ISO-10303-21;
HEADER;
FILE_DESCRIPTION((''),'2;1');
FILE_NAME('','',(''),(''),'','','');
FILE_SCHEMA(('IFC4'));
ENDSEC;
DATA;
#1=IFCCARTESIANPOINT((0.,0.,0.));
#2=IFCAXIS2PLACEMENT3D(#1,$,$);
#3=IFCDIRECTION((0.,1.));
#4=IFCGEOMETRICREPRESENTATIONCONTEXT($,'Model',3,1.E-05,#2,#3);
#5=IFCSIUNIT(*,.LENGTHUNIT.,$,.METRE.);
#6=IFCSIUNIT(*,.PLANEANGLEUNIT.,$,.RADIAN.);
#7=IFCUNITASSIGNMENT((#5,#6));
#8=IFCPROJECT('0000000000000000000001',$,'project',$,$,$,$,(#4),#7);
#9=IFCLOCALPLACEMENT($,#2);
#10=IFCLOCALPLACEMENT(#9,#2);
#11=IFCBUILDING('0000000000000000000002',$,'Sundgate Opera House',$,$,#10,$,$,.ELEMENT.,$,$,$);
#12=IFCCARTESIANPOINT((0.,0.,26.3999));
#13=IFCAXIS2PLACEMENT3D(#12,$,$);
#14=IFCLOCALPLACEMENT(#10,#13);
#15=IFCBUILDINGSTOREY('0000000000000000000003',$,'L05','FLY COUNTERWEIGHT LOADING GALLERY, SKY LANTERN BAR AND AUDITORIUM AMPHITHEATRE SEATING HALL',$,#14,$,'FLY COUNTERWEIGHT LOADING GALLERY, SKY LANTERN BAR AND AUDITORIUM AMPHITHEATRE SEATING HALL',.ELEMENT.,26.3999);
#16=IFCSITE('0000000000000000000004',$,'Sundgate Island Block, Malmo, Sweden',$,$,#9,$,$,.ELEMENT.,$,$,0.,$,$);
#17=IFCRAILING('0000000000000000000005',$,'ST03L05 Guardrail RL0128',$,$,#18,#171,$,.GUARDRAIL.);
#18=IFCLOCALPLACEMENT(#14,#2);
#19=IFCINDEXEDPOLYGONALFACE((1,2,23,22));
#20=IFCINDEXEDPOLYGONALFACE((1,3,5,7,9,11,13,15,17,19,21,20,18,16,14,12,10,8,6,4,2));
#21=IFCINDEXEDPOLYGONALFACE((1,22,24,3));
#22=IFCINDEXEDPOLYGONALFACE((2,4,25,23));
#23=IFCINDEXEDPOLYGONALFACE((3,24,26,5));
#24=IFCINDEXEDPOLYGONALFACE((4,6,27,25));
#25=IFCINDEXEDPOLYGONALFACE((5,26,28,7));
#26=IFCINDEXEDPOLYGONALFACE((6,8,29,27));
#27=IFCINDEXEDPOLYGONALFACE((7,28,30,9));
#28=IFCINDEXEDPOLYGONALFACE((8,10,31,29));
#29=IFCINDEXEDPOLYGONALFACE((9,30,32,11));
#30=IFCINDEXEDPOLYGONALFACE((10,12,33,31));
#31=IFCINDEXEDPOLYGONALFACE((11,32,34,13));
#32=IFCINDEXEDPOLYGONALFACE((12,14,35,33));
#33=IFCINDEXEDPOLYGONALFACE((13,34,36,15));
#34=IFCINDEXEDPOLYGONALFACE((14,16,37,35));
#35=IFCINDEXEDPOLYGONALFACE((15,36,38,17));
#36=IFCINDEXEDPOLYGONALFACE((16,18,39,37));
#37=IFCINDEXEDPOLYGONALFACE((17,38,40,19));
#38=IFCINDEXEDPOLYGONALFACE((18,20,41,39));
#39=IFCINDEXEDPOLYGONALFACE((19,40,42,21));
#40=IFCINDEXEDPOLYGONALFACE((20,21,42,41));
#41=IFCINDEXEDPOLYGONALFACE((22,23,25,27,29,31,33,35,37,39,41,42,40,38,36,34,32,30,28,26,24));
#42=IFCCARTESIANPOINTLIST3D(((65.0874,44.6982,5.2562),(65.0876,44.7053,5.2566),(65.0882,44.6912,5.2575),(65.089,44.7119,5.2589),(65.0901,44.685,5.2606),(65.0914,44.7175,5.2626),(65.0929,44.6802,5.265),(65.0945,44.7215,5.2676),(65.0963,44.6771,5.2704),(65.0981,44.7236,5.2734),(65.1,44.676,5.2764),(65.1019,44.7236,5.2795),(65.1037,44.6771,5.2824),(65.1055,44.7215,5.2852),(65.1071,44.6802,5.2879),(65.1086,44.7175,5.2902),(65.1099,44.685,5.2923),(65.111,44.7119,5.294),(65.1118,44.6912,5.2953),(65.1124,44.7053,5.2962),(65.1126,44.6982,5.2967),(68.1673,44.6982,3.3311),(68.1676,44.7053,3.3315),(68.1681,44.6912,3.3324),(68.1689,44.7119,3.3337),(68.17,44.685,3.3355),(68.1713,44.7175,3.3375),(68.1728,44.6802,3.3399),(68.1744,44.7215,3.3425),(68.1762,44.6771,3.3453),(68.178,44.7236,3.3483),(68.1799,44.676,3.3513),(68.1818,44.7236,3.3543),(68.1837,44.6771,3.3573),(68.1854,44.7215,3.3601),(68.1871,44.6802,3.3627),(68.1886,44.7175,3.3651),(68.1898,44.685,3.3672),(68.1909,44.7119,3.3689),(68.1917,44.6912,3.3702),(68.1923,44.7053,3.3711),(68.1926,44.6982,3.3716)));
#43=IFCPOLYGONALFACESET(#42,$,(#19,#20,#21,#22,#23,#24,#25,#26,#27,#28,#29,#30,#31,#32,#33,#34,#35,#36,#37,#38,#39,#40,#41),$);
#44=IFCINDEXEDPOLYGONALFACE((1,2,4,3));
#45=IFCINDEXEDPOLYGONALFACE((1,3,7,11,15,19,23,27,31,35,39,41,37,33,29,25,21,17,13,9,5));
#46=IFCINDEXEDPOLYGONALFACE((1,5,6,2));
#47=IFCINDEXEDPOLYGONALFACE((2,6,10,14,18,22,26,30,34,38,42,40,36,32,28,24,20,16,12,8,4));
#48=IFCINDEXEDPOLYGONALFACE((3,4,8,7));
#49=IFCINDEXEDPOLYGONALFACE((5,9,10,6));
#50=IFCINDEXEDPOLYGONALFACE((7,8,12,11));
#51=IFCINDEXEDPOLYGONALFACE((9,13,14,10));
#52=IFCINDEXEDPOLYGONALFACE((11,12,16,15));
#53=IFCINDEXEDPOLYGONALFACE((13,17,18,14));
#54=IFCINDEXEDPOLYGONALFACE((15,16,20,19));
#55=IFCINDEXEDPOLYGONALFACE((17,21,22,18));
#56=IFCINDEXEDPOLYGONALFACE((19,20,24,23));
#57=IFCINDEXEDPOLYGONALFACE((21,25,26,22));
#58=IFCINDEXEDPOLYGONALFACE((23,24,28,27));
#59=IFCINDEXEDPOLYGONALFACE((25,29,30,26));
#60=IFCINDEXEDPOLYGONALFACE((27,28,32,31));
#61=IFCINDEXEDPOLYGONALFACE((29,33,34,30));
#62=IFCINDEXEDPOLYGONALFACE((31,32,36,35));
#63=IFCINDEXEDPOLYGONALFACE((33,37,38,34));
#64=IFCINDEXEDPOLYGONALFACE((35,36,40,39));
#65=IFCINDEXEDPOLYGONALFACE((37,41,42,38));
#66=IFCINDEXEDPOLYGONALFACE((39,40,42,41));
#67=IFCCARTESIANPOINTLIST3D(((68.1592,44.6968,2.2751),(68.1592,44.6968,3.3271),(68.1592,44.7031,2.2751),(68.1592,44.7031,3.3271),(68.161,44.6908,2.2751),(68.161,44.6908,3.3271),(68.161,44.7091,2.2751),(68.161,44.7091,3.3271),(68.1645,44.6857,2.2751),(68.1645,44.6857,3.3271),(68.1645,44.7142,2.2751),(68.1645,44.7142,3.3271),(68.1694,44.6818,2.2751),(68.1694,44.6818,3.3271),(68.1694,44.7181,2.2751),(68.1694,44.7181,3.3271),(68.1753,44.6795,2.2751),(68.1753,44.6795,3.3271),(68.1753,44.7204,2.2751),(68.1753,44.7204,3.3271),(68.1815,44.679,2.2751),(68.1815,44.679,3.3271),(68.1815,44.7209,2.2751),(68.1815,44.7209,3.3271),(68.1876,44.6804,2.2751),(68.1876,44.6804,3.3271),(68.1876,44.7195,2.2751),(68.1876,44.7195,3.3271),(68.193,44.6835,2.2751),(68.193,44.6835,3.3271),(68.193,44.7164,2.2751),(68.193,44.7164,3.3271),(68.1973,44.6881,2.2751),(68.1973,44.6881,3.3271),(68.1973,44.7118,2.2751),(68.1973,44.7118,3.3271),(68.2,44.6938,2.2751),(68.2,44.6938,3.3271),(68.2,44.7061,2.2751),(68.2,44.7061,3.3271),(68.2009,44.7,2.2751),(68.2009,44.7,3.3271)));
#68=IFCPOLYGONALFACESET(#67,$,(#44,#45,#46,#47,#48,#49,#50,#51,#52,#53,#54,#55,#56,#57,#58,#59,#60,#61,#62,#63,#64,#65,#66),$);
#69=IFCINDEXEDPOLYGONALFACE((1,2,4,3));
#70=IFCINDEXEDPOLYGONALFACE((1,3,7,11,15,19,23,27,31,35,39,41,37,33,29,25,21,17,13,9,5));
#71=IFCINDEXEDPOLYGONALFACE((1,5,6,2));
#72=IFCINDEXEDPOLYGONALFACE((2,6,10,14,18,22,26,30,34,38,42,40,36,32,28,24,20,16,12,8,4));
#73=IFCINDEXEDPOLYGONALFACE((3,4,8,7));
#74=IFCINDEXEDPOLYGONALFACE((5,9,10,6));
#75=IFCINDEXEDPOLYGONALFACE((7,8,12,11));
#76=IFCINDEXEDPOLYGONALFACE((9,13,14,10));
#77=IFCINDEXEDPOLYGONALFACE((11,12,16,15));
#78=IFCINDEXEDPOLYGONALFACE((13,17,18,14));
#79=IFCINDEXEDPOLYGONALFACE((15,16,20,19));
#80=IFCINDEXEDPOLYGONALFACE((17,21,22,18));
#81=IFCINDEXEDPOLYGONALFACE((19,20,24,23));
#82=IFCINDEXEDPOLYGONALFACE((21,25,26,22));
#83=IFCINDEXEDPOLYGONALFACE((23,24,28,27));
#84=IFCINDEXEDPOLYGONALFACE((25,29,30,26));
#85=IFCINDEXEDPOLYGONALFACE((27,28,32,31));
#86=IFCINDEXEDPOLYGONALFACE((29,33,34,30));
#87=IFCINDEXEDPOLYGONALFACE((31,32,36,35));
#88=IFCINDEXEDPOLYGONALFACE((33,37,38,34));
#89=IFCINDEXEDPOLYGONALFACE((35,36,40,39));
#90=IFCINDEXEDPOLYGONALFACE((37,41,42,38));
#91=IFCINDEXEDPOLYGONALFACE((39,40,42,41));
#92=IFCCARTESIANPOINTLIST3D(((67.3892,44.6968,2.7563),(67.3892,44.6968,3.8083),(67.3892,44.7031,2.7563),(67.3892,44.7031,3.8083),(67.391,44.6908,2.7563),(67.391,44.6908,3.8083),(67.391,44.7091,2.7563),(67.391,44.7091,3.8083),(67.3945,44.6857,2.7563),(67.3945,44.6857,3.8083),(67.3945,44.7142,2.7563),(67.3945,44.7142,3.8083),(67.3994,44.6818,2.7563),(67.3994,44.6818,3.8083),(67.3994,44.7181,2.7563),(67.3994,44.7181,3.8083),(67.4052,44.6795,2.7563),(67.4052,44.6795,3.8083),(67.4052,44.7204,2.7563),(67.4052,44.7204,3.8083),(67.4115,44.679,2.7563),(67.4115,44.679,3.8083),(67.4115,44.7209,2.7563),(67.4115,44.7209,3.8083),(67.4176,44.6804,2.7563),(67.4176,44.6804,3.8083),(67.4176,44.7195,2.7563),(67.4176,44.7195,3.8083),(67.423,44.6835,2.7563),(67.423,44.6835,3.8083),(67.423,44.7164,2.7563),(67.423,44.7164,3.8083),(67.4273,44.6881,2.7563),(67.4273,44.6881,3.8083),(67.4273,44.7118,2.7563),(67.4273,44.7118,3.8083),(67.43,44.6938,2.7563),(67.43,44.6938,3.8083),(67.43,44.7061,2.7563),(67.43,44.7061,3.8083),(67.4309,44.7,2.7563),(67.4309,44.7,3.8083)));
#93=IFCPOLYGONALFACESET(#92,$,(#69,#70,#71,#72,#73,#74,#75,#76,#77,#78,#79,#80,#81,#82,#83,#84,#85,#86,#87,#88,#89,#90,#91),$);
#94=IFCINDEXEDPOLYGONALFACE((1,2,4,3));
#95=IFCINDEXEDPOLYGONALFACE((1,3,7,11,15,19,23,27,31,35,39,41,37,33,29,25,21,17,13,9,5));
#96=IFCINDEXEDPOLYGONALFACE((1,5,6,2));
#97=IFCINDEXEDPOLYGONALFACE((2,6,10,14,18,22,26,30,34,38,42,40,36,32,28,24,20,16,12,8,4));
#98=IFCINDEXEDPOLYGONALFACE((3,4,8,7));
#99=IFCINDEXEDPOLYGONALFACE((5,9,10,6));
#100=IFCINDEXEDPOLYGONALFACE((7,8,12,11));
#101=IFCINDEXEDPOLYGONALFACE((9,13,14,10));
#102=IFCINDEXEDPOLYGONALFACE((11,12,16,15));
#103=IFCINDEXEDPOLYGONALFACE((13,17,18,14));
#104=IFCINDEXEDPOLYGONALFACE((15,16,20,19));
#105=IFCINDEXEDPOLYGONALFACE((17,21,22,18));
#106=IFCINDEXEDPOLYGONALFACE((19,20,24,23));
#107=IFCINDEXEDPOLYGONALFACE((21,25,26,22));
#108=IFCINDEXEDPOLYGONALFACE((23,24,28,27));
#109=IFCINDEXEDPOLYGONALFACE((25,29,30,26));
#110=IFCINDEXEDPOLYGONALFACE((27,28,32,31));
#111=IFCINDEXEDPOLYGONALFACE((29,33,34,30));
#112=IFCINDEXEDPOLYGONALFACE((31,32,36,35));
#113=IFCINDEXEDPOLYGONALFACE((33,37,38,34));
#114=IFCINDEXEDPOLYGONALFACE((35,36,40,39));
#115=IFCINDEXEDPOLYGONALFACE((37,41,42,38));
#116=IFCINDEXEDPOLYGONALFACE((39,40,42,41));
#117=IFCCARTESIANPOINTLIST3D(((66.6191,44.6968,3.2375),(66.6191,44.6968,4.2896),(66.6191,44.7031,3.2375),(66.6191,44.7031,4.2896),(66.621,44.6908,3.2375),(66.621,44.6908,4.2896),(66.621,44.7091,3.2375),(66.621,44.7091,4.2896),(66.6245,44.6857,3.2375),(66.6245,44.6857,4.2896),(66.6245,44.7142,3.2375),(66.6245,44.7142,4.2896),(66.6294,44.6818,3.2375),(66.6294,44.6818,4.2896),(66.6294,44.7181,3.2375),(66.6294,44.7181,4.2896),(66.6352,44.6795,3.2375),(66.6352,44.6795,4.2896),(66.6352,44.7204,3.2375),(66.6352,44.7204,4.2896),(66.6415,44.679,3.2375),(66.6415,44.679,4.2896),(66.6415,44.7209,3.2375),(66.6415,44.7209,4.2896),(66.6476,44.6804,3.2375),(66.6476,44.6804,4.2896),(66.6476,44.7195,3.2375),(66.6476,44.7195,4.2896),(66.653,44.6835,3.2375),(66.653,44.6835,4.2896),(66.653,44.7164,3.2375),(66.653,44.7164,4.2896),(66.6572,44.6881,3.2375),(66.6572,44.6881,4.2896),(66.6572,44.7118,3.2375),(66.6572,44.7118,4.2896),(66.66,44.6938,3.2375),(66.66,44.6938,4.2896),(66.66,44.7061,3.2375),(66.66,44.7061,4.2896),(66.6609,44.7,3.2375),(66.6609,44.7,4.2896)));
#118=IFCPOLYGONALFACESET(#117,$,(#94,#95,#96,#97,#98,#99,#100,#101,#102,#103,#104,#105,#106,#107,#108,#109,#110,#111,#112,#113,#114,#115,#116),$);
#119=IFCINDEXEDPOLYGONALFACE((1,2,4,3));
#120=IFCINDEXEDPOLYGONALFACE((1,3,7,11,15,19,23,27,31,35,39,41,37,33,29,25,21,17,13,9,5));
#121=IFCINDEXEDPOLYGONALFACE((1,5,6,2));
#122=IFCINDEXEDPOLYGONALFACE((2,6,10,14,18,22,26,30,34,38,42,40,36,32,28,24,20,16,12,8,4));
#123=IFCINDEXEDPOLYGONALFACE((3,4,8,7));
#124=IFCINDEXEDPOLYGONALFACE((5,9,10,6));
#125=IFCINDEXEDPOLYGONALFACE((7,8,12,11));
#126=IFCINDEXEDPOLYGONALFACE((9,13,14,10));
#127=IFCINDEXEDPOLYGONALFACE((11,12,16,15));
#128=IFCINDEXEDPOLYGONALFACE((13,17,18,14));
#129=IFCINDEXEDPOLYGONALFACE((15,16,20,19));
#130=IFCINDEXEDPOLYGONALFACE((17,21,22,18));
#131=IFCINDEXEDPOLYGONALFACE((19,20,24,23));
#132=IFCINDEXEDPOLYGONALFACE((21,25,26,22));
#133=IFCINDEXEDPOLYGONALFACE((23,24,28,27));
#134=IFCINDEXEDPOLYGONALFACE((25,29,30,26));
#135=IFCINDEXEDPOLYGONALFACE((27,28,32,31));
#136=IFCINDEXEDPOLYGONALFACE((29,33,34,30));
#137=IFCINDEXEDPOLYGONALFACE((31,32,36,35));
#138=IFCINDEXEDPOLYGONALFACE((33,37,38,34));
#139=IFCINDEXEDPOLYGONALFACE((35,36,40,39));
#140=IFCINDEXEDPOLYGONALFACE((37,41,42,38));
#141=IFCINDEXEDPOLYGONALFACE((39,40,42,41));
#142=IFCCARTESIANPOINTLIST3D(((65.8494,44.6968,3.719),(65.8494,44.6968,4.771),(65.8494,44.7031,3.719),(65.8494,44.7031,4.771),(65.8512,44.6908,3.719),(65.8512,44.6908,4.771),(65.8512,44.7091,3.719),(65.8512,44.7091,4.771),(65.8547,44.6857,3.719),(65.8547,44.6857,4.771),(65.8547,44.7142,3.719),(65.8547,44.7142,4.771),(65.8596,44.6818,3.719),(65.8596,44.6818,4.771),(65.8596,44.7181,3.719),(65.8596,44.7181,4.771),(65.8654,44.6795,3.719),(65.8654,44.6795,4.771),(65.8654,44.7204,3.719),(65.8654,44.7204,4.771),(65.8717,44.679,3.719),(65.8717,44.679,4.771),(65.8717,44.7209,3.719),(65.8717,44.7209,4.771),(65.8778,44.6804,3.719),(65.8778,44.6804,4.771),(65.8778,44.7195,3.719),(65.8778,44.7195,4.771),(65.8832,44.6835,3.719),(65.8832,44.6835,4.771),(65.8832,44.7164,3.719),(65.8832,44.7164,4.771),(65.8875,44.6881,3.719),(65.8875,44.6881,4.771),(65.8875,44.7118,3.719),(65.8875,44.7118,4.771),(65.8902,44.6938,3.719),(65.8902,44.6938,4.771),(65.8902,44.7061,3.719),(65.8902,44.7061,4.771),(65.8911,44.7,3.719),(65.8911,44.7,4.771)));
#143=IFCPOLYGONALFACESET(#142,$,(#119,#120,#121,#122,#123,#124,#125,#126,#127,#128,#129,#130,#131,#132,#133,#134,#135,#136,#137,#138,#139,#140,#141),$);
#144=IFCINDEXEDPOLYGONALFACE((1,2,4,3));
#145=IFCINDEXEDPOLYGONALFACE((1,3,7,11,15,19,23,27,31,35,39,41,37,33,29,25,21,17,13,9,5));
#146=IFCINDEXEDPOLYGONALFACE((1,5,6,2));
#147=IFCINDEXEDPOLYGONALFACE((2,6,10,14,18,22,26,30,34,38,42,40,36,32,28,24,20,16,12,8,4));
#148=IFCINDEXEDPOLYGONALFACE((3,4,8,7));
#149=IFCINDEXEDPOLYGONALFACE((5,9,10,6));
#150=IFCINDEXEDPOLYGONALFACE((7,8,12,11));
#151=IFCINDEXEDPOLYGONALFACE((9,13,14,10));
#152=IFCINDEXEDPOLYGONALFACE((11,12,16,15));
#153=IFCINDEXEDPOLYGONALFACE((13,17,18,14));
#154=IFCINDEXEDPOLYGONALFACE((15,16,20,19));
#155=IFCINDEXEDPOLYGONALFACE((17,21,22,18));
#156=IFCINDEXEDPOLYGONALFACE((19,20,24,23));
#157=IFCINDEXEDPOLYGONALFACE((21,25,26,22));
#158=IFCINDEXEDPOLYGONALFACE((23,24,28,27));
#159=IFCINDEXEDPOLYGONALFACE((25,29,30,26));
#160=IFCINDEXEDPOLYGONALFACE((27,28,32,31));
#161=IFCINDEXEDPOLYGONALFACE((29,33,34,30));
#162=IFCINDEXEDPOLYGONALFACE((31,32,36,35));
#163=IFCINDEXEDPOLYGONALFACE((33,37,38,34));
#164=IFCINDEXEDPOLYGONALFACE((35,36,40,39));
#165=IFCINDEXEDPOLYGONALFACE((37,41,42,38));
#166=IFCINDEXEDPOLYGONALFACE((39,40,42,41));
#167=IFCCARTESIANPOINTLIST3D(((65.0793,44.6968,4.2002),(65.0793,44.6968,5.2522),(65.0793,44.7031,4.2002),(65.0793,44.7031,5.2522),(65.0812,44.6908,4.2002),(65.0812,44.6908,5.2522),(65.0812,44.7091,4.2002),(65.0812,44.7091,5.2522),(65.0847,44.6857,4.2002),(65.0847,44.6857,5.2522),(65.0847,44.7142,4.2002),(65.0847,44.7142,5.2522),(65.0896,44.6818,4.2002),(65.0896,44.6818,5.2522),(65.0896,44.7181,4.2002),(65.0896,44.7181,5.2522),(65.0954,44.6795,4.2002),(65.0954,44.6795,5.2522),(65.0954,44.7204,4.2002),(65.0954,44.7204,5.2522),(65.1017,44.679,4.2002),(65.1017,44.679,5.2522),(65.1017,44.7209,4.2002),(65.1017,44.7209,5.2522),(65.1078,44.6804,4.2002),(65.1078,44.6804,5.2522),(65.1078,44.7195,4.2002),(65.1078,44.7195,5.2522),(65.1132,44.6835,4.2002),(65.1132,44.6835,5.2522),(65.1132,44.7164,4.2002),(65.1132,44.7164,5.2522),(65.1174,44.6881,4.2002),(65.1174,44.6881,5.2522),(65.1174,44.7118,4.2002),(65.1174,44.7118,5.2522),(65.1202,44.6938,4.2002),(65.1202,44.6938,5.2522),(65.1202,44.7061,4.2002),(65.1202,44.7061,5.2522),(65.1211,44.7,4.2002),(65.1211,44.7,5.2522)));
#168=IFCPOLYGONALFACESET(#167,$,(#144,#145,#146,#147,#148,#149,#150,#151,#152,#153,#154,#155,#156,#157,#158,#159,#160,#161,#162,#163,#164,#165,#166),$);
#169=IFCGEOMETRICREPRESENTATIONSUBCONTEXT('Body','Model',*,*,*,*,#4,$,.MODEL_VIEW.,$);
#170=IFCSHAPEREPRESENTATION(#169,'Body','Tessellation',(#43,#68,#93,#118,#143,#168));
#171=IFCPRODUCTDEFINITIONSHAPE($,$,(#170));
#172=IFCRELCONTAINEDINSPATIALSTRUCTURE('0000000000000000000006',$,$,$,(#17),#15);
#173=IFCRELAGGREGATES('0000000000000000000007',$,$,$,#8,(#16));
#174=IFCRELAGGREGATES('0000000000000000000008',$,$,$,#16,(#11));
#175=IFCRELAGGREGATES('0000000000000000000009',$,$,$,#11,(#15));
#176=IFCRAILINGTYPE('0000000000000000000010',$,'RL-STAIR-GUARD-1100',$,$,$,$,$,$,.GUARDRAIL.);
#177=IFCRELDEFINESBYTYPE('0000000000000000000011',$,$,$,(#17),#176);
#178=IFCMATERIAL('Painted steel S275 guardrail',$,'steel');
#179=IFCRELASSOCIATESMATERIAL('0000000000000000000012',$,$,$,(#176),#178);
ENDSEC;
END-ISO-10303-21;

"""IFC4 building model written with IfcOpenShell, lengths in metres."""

from ifc_helpers import new_model, si_unit, direction, frame, origin, origin_2d, place, context, subcontext, project, spatial, circle, extrude, material, type_object, element, save


model = new_model("IFC4")

# Units and contexts
model_context = context("Model", 3, precision=1e-05, world=origin(), true_north=direction((0.0, 1.0)))
body_context = subcontext(model_context, "Body", "Model", "MODEL_VIEW")
ifc_project = project(units=[si_unit("LENGTHUNIT", "METRE"), si_unit("PLANEANGLEUNIT", "RADIAN")], contexts=[model_context])

# Site, building, storey
site_placement = place(None, origin())
site = spatial("IfcSite", under=ifc_project, at=site_placement, Name="Sundgate Island Block, Malmo, Sweden", CompositionType="ELEMENT", RefElevation=0.0)
building_placement = place(site_placement, origin())
building = spatial("IfcBuilding", under=site, at=building_placement, Name="Sundgate Opera House", CompositionType="ELEMENT")
storey_placement = place(building_placement, frame((0.0, 0.0, 26.3999)))
storey = spatial("IfcBuildingStorey", under=building, at=storey_placement, Name="L05", Description="FLY COUNTERWEIGHT LOADING GALLERY, SKY LANTERN BAR AND AUDITORIUM AMPHITHEATRE SEATING HALL", LongName="FLY COUNTERWEIGHT LOADING GALLERY, SKY LANTERN BAR AND AUDITORIUM AMPHITHEATRE SEATING HALL", CompositionType="ELEMENT", Elevation=26.3999)

# Railing
ifc_material_1 = material(Name="Painted steel S275 guardrail", Category="steel")
railing_type_1 = type_object("IfcRailingType", Name="RL-STAIR-GUARD-1100", PredefinedType="GUARDRAIL", material=ifc_material_1)
railing_1_placement = place(storey_placement, frame((68.1799, 44.7, 2.2751)))
element("IfcRailing", 1, at=railing_1_placement, inside=storey, type_object=railing_type_1, Name="ST03L05 Guardrail RL0128", PredefinedType="GUARDRAIL", context=body_context, shape_type="SweptSolid", body=[
    extrude(circle(Radius=0.0239, at=origin_2d()), frame((0.0, 0.0, 1.0762), z_axis=(-0.847979, 0.0, 0.530029), x_axis=(0.0, -1.0, 0.0)), (0.0, 0.0, 1.0), 3.6321),
    extrude(circle(Radius=0.021, at=origin_2d()), origin(), (0.0, 0.0, 1.0), 1.052),
    extrude(circle(Radius=0.021, at=origin_2d()), frame((-0.77, 0.0, 0.4812)), (0.0, 0.0, 1.0), 1.052),
    extrude(circle(Radius=0.021, at=origin_2d()), frame((-1.54, 0.0, 0.9624)), (0.0, 0.0, 1.0), 1.052),
    extrude(circle(Radius=0.021, at=origin_2d()), frame((-2.3098, 0.0, 1.4438)), (0.0, 0.0, 1.0), 1.052),
    extrude(circle(Radius=0.021, at=origin_2d()), frame((-3.0798, 0.0, 1.925)), (0.0, 0.0, 1.0), 1.052),
])

save(model, "model.ifc")
